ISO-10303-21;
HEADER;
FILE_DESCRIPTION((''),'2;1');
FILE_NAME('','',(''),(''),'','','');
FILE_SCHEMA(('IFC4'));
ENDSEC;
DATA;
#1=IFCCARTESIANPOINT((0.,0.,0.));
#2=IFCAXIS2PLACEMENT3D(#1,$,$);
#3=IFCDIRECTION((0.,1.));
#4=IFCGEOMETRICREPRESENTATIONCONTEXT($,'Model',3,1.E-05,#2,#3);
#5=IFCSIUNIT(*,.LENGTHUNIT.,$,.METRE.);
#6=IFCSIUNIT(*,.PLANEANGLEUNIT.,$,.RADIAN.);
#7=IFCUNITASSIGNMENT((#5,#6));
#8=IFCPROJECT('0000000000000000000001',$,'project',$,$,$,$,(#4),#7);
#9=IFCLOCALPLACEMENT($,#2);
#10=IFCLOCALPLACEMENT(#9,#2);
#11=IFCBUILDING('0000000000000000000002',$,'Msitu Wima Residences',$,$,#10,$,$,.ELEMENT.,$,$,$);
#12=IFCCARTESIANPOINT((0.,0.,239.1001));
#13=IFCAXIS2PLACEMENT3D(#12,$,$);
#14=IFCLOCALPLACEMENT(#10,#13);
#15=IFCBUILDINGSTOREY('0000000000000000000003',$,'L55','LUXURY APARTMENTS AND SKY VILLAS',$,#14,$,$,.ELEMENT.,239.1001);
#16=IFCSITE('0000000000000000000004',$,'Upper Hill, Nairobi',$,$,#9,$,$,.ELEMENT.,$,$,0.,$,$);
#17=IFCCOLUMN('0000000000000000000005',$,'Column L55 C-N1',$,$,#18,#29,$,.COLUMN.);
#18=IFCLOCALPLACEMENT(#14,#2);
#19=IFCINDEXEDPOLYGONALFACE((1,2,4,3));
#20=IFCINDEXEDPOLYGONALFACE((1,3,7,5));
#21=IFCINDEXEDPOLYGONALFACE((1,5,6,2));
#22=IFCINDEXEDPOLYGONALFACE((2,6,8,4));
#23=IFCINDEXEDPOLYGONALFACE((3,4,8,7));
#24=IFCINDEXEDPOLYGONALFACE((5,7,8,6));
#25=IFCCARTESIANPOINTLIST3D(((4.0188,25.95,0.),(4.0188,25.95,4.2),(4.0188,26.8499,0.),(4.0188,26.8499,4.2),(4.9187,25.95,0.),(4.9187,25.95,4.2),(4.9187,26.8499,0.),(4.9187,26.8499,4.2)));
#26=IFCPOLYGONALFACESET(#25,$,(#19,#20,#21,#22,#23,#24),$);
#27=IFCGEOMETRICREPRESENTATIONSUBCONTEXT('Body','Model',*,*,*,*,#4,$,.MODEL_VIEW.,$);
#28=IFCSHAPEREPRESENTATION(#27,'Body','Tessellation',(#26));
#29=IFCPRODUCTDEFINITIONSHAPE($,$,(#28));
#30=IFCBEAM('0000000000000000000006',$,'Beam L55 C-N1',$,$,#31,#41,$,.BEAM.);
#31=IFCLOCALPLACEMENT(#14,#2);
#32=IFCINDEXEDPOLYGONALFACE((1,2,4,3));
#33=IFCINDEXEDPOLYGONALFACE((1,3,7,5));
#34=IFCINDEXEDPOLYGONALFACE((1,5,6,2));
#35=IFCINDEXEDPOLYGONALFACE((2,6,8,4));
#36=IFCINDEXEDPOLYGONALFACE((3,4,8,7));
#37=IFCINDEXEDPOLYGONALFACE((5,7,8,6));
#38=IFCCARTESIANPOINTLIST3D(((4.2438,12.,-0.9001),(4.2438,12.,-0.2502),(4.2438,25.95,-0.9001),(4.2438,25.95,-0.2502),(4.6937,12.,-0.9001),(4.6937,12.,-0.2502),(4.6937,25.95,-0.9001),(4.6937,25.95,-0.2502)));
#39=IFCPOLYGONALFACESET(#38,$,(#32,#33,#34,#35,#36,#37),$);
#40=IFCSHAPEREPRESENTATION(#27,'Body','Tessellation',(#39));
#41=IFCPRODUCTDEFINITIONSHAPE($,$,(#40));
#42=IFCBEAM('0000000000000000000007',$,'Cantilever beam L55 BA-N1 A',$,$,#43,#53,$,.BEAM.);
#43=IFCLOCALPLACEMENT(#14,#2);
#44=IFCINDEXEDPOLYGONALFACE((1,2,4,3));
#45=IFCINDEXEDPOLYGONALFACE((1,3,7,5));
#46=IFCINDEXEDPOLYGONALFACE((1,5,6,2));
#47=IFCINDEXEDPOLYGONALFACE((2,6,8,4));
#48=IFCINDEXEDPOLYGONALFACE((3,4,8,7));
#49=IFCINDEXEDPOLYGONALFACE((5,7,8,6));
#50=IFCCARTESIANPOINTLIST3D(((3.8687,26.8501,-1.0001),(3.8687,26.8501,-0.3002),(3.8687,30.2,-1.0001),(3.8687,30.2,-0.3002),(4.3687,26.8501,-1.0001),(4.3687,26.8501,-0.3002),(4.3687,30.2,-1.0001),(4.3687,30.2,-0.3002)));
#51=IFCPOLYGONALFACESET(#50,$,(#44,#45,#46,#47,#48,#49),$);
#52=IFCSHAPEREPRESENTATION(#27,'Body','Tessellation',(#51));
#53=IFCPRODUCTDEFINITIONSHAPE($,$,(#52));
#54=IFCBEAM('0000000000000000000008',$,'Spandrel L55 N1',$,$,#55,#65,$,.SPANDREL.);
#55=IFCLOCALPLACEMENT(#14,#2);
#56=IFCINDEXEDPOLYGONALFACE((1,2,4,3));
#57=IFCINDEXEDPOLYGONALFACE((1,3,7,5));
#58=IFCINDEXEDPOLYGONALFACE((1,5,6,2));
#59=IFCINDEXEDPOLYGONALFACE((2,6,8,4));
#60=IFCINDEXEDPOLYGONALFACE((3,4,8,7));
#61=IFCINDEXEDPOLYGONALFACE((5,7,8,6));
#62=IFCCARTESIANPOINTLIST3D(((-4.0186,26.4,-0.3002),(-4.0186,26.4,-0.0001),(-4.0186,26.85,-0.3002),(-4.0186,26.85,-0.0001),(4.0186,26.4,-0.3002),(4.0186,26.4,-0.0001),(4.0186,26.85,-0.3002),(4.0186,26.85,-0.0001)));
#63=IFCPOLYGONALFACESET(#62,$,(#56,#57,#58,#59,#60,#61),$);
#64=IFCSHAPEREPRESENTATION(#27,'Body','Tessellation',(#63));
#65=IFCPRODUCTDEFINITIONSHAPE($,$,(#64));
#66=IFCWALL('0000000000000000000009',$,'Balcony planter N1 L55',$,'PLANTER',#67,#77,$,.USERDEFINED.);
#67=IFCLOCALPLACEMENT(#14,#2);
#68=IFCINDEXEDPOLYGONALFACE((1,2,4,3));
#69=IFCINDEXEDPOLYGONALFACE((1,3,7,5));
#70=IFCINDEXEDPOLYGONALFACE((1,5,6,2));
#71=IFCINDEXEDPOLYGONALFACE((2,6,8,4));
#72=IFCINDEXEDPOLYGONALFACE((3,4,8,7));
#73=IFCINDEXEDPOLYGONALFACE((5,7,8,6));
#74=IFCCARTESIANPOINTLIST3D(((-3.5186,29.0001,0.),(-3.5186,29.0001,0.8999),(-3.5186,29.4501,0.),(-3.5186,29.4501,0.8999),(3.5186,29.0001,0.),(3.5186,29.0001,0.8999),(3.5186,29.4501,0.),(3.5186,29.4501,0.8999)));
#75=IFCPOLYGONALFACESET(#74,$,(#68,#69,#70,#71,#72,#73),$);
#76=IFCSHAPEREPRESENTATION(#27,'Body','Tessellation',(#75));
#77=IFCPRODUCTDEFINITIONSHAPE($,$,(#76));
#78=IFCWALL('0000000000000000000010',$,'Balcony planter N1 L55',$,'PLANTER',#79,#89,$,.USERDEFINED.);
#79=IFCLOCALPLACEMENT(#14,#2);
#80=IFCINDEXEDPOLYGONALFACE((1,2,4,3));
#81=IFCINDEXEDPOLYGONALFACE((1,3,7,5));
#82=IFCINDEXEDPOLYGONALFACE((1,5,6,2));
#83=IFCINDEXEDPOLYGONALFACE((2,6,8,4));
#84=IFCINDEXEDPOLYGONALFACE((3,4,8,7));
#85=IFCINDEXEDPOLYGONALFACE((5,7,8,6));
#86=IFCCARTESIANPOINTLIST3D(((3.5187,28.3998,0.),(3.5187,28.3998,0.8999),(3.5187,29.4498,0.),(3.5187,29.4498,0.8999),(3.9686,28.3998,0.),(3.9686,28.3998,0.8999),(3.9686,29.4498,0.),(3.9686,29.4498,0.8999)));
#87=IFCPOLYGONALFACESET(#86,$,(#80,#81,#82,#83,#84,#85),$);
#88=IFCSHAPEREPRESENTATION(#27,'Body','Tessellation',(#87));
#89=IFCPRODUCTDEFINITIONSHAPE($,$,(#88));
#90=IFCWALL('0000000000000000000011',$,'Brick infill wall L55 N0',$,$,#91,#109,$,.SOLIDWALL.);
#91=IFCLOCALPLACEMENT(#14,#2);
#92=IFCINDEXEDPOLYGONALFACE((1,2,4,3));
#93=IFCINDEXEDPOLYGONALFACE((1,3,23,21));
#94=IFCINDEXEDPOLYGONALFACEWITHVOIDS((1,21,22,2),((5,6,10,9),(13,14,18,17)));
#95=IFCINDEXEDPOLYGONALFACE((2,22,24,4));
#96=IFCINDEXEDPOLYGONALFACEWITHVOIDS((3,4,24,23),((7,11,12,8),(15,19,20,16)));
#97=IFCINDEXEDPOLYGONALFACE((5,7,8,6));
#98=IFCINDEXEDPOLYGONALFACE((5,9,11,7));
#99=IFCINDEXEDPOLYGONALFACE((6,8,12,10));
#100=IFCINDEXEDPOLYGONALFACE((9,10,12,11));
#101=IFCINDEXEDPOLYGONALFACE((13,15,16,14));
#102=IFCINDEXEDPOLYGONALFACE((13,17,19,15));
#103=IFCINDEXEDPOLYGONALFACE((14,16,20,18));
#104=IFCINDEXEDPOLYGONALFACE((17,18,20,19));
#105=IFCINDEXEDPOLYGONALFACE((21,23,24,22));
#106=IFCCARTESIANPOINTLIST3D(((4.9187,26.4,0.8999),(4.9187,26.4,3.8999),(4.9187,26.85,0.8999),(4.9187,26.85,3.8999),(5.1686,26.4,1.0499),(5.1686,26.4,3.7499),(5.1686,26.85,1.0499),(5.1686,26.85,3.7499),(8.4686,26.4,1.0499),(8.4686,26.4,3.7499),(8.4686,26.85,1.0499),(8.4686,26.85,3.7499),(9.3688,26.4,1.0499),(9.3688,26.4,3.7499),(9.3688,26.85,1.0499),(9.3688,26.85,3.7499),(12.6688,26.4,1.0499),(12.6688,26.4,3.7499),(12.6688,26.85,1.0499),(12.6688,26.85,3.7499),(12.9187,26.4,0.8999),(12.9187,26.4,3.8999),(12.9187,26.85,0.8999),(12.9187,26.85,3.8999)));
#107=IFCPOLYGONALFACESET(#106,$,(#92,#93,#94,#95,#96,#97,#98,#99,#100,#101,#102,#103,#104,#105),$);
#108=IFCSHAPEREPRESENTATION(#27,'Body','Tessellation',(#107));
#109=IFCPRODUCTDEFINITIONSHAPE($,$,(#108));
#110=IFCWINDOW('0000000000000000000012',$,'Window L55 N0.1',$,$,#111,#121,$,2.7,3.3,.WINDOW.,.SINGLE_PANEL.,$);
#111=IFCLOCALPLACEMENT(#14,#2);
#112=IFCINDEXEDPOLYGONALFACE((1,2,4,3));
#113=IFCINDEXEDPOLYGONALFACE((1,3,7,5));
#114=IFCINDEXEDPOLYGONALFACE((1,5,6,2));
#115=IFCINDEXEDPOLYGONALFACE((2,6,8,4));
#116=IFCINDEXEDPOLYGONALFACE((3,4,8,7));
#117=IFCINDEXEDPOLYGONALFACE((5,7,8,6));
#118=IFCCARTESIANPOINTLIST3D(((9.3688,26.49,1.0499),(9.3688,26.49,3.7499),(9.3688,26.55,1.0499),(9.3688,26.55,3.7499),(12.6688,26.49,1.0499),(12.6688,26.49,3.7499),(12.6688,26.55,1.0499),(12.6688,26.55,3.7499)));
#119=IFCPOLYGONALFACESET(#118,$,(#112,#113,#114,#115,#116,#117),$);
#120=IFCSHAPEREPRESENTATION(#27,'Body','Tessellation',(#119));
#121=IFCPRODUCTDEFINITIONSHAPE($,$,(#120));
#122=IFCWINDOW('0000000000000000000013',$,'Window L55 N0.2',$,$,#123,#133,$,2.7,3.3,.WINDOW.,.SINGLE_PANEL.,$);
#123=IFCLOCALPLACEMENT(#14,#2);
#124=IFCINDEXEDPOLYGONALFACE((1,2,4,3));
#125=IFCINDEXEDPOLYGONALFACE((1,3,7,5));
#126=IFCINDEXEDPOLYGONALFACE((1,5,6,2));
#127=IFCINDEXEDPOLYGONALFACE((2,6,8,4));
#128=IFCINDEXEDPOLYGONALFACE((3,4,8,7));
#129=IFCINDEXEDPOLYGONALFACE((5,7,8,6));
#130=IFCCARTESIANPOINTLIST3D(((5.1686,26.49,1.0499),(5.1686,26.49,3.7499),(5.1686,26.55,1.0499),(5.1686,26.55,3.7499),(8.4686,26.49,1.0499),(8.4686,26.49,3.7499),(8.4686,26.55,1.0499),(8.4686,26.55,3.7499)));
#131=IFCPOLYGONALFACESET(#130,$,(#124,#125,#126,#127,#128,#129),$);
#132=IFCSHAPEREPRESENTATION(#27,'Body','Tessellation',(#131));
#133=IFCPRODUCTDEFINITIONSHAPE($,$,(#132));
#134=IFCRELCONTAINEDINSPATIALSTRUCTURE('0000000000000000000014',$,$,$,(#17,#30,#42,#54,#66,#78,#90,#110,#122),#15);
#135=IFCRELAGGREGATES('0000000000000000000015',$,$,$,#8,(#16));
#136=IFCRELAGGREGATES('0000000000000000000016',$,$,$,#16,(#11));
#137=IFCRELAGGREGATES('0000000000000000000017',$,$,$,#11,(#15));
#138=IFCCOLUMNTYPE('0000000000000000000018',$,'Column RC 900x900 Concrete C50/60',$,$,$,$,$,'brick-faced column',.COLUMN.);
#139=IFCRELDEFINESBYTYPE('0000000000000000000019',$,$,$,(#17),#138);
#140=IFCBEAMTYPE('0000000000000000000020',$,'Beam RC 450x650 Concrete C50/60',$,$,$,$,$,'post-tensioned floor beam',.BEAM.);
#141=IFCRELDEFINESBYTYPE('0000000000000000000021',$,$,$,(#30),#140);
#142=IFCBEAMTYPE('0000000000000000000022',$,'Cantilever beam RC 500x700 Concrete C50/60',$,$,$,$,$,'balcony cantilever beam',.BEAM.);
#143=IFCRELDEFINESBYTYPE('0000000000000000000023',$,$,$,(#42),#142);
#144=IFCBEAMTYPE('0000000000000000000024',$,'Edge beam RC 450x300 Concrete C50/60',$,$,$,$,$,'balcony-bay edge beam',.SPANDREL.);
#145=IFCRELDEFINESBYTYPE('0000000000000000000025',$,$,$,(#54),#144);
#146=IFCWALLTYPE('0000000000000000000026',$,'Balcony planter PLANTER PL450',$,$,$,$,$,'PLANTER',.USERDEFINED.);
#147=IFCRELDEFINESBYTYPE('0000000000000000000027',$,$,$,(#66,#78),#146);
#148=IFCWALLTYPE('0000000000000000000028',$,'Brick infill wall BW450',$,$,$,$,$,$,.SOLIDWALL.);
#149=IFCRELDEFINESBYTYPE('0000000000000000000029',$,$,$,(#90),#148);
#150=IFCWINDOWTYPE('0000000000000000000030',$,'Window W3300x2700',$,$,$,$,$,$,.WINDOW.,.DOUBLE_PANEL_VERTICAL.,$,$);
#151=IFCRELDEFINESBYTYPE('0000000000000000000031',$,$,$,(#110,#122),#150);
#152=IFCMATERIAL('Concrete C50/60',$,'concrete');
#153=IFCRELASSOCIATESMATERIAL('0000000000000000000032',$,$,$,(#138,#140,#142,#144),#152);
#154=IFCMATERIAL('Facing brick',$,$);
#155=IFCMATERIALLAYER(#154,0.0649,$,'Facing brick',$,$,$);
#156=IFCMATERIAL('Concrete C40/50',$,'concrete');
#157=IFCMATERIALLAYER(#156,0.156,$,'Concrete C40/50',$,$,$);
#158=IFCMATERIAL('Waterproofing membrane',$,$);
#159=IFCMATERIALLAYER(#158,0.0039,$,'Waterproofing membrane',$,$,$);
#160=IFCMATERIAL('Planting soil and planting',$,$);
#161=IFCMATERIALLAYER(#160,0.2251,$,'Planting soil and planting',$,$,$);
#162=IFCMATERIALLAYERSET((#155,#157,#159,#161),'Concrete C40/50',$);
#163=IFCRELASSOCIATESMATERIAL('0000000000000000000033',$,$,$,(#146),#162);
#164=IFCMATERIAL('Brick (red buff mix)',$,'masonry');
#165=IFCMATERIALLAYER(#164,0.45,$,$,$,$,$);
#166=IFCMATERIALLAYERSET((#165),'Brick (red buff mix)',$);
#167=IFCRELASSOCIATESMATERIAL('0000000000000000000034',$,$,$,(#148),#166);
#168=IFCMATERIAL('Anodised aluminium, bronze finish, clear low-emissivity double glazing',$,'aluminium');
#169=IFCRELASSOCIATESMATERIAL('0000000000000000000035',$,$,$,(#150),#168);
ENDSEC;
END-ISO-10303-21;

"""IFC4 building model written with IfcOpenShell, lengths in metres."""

from ifc_helpers import new_model, si_unit, direction, frame, frame_2d, origin, origin_2d, place, context, subcontext, project, spatial, rectangle, extrude, material, layer, layer_set, material_profile, profile_set, type_object, element, fill, save


model = new_model("IFC4")

# Units and contexts
model_context = context("Model", 3, precision=1e-05, world=origin(), true_north=direction((0.0, 1.0)))
body_context = subcontext(model_context, "Body", "Model", "MODEL_VIEW")
ifc_project = project(units=[si_unit("LENGTHUNIT", "METRE"), si_unit("PLANEANGLEUNIT", "RADIAN")], contexts=[model_context])

# Site, building, storey
site_placement = place(None, origin())
site = spatial("IfcSite", under=ifc_project, at=site_placement, Name="Upper Hill, Nairobi", CompositionType="ELEMENT", RefElevation=0.0)
building_placement = place(site_placement, origin())
building = spatial("IfcBuilding", under=site, at=building_placement, Name="Msitu Wima Residences", CompositionType="ELEMENT")
storey_placement = place(building_placement, frame((0.0, 0.0, 239.1001)))
storey = spatial("IfcBuildingStorey", under=building, at=storey_placement, Name="L55", Description="LUXURY APARTMENTS AND SKY VILLAS", CompositionType="ELEMENT", Elevation=239.1001)

# Column
ifc_material_1 = material(Name="Concrete C50/60", Category="concrete")
ifc_material_profile_1 = material_profile(ifc_material_1, rectangle(XDim=0.8999, YDim=0.8999, at=origin_2d()), Name="RC 900x900")
ifc_profile_set_1 = profile_set([ifc_material_profile_1], Name="Concrete C50/60")
column_type = type_object("IfcColumnType", Name="Column RC 900x900 Concrete C50/60", ElementType="brick-faced column", PredefinedType="COLUMN", material=ifc_profile_set_1)
column_placement = place(storey_placement, frame((4.4688, 26.3999, 0.0), z_axis=(0.0, 0.0, 1.0), x_axis=(-1.0, 0.0, 0.0)))
element("IfcColumn", 1, at=column_placement, inside=storey, type_object=column_type, Name="Column L55 C-N1", PredefinedType="COLUMN", context=body_context, shape_type="SweptSolid", body=[
    extrude(rectangle(XDim=0.8999, YDim=0.8999, at=origin_2d()), origin(), (0.0, 0.0, 1.0), 4.2),
])

# Beams
ifc_material_profile_2 = material_profile(ifc_material_1, rectangle(XDim=0.45, YDim=0.6499, at=origin_2d()), Name="RC 450x650")
ifc_profile_set_2 = profile_set([ifc_material_profile_2], Name="Concrete C50/60")
beam_type_1 = type_object("IfcBeamType", Name="Beam RC 450x650 Concrete C50/60", ElementType="post-tensioned floor beam", PredefinedType="BEAM", material=ifc_profile_set_2)
beam_1_placement = place(storey_placement, frame((4.4688, 25.95, -0.5752), z_axis=(0.0, -1.0, 0.0), x_axis=(1.0, 0.0, 0.0)))
element("IfcBeam", 2, at=beam_1_placement, inside=storey, type_object=beam_type_1, Name="Beam L55 C-N1", PredefinedType="BEAM", context=body_context, shape_type="SweptSolid", body=[
    extrude(rectangle(XDim=0.45, YDim=0.6499, at=origin_2d()), origin(), (0.0, 0.0, 1.0), 13.95),
])
ifc_material_profile_3 = material_profile(ifc_material_1, rectangle(XDim=0.5, YDim=0.7, at=origin_2d()), Name="RC 500x700")
ifc_profile_set_3 = profile_set([ifc_material_profile_3], Name="Concrete C50/60")
beam_type_2 = type_object("IfcBeamType", Name="Cantilever beam RC 500x700 Concrete C50/60", ElementType="balcony cantilever beam", PredefinedType="BEAM", material=ifc_profile_set_3)
beam_2_placement = place(storey_placement, frame((4.1187, 26.8501, -0.6501), z_axis=(0.0, 1.0, 0.0), x_axis=(-1.0, 0.0, 0.0)))
element("IfcBeam", 3, at=beam_2_placement, inside=storey, type_object=beam_type_2, Name="Cantilever beam L55 BA-N1 A", PredefinedType="BEAM", context=body_context, shape_type="SweptSolid", body=[
    extrude(rectangle(XDim=0.5, YDim=0.7, at=origin_2d()), origin(), (0.0, 0.0, 1.0), 3.3499),
])
ifc_material_profile_4 = material_profile(ifc_material_1, rectangle(XDim=0.45, YDim=0.3, at=origin_2d()), Name="RC 450x300")
ifc_profile_set_4 = profile_set([ifc_material_profile_4], Name="Concrete C50/60")
beam_type_3 = type_object("IfcBeamType", Name="Edge beam RC 450x300 Concrete C50/60", ElementType="balcony-bay edge beam", PredefinedType="SPANDREL", material=ifc_profile_set_4)
beam_3_placement = place(storey_placement, frame((4.0186, 26.625, -0.1501), z_axis=(-1.0, 0.0, 0.0), x_axis=(0.0, -1.0, 0.0)))
element("IfcBeam", 4, at=beam_3_placement, inside=storey, type_object=beam_type_3, Name="Spandrel L55 N1", PredefinedType="SPANDREL", context=body_context, shape_type="SweptSolid", body=[
    extrude(rectangle(XDim=0.45, YDim=0.3, at=origin_2d()), origin(), (0.0, 0.0, 1.0), 8.0371),
])

# Walls
ifc_material_2 = material(Name="Facing brick")
ifc_layer_1 = layer(ifc_material_2, 0.0649, Name="Facing brick")
ifc_material_3 = material(Name="Concrete C40/50", Category="concrete")
ifc_layer_2 = layer(ifc_material_3, 0.156, Name="Concrete C40/50")
ifc_material_4 = material(Name="Waterproofing membrane")
ifc_layer_3 = layer(ifc_material_4, 0.0039, Name="Waterproofing membrane")
ifc_material_5 = material(Name="Planting soil and planting")
ifc_layer_4 = layer(ifc_material_5, 0.2251, Name="Planting soil and planting")
ifc_layer_set_1 = layer_set([ifc_layer_1, ifc_layer_2, ifc_layer_3, ifc_layer_4], Name="Concrete C40/50")
wall_type_1 = type_object("IfcWallType", Name="Balcony planter PLANTER PL450", ElementType="PLANTER", PredefinedType="USERDEFINED", material=ifc_layer_set_1)
wall_1_placement = place(storey_placement, frame((3.5186, 29.2251, 0.0), z_axis=(0.0, 0.0, 1.0), x_axis=(-1.0, 0.0, 0.0)))
element("IfcWall", 5, at=wall_1_placement, inside=storey, type_object=wall_type_1, Name="Balcony planter N1 L55", ObjectType="PLANTER", PredefinedType="USERDEFINED", context=body_context, shape_type="SweptSolid", body=[
    extrude(rectangle(XDim=7.0371, YDim=0.45, at=frame_2d((3.5186, 0.0))), origin(), (0.0, 0.0, 1.0), 0.8999),
])
wall_2_placement = place(storey_placement, frame((3.7437, 28.3999, 0.0), z_axis=(0.0, 0.0, 1.0), x_axis=(0.0, 1.0, 0.0)))
element("IfcWall", 6, at=wall_2_placement, inside=storey, type_object=wall_type_1, Name="Balcony planter N1 L55", ObjectType="PLANTER", PredefinedType="USERDEFINED", context=body_context, shape_type="SweptSolid", body=[
    extrude(rectangle(XDim=1.05, YDim=0.45, at=frame_2d((0.5249, 0.0))), origin(), (0.0, 0.0, 1.0), 0.8999),
])

# Wall, openings, windows
ifc_material_6 = material(Name="Brick (red buff mix)", Category="masonry")
ifc_layer_5 = layer(ifc_material_6, 0.45)
ifc_layer_set_2 = layer_set([ifc_layer_5], Name="Brick (red buff mix)")
wall_type_2 = type_object("IfcWallType", Name="Brick infill wall BW450", PredefinedType="SOLIDWALL", material=ifc_layer_set_2)
wall_3_placement = place(storey_placement, frame((12.9187, 26.625, 0.8999), z_axis=(0.0, 0.0, 1.0), x_axis=(-1.0, 0.0, 0.0)))
wall_3 = element("IfcWall", 7, at=wall_3_placement, inside=storey, type_object=wall_type_2, Name="Brick infill wall L55 N0", PredefinedType="SOLIDWALL", context=body_context, shape_type="SweptSolid", body=[
    extrude(rectangle(XDim=8.0, YDim=0.45, at=frame_2d((4.0, 0.0))), origin(), (0.0, 0.0, 1.0), 3.0),
])
opening_1_placement = place(wall_3_placement, frame((0.25, 0.0, 0.1499)))
opening_1 = element("IfcOpeningElement", 8, at=opening_1_placement, cuts=wall_3, PredefinedType="OPENING", context=body_context, shape_type="SweptSolid", body=[
    extrude(rectangle(XDim=3.3, YDim=2.7, at=frame_2d((1.6499, 1.3501))), frame((0.0, 0.2349, 0.0), z_axis=(0.0, -1.0, 0.0), x_axis=(1.0, 0.0, 0.0)), (0.0, 0.0, 1.0), 0.47),
])
opening_2_placement = place(wall_3_placement, frame((4.4502, 0.0, 0.1499)))
opening_2 = element("IfcOpeningElement", 9, at=opening_2_placement, cuts=wall_3, PredefinedType="OPENING", context=body_context, shape_type="SweptSolid", body=[
    extrude(rectangle(XDim=3.3, YDim=2.7, at=frame_2d((1.6499, 1.3501))), frame((0.0, 0.2349, 0.0), z_axis=(0.0, -1.0, 0.0), x_axis=(1.0, 0.0, 0.0)), (0.0, 0.0, 1.0), 0.47),
])
ifc_material_7 = material(Name="Anodised aluminium, bronze finish, clear low-emissivity double glazing", Category="aluminium")
window_type = type_object("IfcWindowType", Name="Window W3300x2700", PartitioningType="DOUBLE_PANEL_VERTICAL", PredefinedType="WINDOW", material=ifc_material_7)
window_1_placement = place(opening_1_placement, origin())
window_1 = element("IfcWindow", 10, at=window_1_placement, inside=storey, type_object=window_type, Name="Window L55 N0.1", OverallHeight=2.7, OverallWidth=3.3, PartitioningType="SINGLE_PANEL", PredefinedType="WINDOW", context=body_context, shape_type="SweptSolid", body=[
    extrude(rectangle(XDim=3.3, YDim=2.7, at=frame_2d((1.6499, 1.3501))), frame((0.0, 0.135, 0.0), z_axis=(0.0, -1.0, 0.0), x_axis=(1.0, 0.0, 0.0)), (0.0, 0.0, 1.0), 0.0601),
])
fill(opening_1, window_1)
window_2_placement = place(opening_2_placement, origin())
window_2 = element("IfcWindow", 11, at=window_2_placement, inside=storey, type_object=window_type, Name="Window L55 N0.2", OverallHeight=2.7, OverallWidth=3.3, PartitioningType="SINGLE_PANEL", PredefinedType="WINDOW", context=body_context, shape_type="SweptSolid", body=[
    extrude(rectangle(XDim=3.3, YDim=2.7, at=frame_2d((1.6499, 1.3501))), frame((0.0, 0.135, 0.0), z_axis=(0.0, -1.0, 0.0), x_axis=(1.0, 0.0, 0.0)), (0.0, 0.0, 1.0), 0.0601),
])
fill(opening_2, window_2)

save(model, "model.ifc")
